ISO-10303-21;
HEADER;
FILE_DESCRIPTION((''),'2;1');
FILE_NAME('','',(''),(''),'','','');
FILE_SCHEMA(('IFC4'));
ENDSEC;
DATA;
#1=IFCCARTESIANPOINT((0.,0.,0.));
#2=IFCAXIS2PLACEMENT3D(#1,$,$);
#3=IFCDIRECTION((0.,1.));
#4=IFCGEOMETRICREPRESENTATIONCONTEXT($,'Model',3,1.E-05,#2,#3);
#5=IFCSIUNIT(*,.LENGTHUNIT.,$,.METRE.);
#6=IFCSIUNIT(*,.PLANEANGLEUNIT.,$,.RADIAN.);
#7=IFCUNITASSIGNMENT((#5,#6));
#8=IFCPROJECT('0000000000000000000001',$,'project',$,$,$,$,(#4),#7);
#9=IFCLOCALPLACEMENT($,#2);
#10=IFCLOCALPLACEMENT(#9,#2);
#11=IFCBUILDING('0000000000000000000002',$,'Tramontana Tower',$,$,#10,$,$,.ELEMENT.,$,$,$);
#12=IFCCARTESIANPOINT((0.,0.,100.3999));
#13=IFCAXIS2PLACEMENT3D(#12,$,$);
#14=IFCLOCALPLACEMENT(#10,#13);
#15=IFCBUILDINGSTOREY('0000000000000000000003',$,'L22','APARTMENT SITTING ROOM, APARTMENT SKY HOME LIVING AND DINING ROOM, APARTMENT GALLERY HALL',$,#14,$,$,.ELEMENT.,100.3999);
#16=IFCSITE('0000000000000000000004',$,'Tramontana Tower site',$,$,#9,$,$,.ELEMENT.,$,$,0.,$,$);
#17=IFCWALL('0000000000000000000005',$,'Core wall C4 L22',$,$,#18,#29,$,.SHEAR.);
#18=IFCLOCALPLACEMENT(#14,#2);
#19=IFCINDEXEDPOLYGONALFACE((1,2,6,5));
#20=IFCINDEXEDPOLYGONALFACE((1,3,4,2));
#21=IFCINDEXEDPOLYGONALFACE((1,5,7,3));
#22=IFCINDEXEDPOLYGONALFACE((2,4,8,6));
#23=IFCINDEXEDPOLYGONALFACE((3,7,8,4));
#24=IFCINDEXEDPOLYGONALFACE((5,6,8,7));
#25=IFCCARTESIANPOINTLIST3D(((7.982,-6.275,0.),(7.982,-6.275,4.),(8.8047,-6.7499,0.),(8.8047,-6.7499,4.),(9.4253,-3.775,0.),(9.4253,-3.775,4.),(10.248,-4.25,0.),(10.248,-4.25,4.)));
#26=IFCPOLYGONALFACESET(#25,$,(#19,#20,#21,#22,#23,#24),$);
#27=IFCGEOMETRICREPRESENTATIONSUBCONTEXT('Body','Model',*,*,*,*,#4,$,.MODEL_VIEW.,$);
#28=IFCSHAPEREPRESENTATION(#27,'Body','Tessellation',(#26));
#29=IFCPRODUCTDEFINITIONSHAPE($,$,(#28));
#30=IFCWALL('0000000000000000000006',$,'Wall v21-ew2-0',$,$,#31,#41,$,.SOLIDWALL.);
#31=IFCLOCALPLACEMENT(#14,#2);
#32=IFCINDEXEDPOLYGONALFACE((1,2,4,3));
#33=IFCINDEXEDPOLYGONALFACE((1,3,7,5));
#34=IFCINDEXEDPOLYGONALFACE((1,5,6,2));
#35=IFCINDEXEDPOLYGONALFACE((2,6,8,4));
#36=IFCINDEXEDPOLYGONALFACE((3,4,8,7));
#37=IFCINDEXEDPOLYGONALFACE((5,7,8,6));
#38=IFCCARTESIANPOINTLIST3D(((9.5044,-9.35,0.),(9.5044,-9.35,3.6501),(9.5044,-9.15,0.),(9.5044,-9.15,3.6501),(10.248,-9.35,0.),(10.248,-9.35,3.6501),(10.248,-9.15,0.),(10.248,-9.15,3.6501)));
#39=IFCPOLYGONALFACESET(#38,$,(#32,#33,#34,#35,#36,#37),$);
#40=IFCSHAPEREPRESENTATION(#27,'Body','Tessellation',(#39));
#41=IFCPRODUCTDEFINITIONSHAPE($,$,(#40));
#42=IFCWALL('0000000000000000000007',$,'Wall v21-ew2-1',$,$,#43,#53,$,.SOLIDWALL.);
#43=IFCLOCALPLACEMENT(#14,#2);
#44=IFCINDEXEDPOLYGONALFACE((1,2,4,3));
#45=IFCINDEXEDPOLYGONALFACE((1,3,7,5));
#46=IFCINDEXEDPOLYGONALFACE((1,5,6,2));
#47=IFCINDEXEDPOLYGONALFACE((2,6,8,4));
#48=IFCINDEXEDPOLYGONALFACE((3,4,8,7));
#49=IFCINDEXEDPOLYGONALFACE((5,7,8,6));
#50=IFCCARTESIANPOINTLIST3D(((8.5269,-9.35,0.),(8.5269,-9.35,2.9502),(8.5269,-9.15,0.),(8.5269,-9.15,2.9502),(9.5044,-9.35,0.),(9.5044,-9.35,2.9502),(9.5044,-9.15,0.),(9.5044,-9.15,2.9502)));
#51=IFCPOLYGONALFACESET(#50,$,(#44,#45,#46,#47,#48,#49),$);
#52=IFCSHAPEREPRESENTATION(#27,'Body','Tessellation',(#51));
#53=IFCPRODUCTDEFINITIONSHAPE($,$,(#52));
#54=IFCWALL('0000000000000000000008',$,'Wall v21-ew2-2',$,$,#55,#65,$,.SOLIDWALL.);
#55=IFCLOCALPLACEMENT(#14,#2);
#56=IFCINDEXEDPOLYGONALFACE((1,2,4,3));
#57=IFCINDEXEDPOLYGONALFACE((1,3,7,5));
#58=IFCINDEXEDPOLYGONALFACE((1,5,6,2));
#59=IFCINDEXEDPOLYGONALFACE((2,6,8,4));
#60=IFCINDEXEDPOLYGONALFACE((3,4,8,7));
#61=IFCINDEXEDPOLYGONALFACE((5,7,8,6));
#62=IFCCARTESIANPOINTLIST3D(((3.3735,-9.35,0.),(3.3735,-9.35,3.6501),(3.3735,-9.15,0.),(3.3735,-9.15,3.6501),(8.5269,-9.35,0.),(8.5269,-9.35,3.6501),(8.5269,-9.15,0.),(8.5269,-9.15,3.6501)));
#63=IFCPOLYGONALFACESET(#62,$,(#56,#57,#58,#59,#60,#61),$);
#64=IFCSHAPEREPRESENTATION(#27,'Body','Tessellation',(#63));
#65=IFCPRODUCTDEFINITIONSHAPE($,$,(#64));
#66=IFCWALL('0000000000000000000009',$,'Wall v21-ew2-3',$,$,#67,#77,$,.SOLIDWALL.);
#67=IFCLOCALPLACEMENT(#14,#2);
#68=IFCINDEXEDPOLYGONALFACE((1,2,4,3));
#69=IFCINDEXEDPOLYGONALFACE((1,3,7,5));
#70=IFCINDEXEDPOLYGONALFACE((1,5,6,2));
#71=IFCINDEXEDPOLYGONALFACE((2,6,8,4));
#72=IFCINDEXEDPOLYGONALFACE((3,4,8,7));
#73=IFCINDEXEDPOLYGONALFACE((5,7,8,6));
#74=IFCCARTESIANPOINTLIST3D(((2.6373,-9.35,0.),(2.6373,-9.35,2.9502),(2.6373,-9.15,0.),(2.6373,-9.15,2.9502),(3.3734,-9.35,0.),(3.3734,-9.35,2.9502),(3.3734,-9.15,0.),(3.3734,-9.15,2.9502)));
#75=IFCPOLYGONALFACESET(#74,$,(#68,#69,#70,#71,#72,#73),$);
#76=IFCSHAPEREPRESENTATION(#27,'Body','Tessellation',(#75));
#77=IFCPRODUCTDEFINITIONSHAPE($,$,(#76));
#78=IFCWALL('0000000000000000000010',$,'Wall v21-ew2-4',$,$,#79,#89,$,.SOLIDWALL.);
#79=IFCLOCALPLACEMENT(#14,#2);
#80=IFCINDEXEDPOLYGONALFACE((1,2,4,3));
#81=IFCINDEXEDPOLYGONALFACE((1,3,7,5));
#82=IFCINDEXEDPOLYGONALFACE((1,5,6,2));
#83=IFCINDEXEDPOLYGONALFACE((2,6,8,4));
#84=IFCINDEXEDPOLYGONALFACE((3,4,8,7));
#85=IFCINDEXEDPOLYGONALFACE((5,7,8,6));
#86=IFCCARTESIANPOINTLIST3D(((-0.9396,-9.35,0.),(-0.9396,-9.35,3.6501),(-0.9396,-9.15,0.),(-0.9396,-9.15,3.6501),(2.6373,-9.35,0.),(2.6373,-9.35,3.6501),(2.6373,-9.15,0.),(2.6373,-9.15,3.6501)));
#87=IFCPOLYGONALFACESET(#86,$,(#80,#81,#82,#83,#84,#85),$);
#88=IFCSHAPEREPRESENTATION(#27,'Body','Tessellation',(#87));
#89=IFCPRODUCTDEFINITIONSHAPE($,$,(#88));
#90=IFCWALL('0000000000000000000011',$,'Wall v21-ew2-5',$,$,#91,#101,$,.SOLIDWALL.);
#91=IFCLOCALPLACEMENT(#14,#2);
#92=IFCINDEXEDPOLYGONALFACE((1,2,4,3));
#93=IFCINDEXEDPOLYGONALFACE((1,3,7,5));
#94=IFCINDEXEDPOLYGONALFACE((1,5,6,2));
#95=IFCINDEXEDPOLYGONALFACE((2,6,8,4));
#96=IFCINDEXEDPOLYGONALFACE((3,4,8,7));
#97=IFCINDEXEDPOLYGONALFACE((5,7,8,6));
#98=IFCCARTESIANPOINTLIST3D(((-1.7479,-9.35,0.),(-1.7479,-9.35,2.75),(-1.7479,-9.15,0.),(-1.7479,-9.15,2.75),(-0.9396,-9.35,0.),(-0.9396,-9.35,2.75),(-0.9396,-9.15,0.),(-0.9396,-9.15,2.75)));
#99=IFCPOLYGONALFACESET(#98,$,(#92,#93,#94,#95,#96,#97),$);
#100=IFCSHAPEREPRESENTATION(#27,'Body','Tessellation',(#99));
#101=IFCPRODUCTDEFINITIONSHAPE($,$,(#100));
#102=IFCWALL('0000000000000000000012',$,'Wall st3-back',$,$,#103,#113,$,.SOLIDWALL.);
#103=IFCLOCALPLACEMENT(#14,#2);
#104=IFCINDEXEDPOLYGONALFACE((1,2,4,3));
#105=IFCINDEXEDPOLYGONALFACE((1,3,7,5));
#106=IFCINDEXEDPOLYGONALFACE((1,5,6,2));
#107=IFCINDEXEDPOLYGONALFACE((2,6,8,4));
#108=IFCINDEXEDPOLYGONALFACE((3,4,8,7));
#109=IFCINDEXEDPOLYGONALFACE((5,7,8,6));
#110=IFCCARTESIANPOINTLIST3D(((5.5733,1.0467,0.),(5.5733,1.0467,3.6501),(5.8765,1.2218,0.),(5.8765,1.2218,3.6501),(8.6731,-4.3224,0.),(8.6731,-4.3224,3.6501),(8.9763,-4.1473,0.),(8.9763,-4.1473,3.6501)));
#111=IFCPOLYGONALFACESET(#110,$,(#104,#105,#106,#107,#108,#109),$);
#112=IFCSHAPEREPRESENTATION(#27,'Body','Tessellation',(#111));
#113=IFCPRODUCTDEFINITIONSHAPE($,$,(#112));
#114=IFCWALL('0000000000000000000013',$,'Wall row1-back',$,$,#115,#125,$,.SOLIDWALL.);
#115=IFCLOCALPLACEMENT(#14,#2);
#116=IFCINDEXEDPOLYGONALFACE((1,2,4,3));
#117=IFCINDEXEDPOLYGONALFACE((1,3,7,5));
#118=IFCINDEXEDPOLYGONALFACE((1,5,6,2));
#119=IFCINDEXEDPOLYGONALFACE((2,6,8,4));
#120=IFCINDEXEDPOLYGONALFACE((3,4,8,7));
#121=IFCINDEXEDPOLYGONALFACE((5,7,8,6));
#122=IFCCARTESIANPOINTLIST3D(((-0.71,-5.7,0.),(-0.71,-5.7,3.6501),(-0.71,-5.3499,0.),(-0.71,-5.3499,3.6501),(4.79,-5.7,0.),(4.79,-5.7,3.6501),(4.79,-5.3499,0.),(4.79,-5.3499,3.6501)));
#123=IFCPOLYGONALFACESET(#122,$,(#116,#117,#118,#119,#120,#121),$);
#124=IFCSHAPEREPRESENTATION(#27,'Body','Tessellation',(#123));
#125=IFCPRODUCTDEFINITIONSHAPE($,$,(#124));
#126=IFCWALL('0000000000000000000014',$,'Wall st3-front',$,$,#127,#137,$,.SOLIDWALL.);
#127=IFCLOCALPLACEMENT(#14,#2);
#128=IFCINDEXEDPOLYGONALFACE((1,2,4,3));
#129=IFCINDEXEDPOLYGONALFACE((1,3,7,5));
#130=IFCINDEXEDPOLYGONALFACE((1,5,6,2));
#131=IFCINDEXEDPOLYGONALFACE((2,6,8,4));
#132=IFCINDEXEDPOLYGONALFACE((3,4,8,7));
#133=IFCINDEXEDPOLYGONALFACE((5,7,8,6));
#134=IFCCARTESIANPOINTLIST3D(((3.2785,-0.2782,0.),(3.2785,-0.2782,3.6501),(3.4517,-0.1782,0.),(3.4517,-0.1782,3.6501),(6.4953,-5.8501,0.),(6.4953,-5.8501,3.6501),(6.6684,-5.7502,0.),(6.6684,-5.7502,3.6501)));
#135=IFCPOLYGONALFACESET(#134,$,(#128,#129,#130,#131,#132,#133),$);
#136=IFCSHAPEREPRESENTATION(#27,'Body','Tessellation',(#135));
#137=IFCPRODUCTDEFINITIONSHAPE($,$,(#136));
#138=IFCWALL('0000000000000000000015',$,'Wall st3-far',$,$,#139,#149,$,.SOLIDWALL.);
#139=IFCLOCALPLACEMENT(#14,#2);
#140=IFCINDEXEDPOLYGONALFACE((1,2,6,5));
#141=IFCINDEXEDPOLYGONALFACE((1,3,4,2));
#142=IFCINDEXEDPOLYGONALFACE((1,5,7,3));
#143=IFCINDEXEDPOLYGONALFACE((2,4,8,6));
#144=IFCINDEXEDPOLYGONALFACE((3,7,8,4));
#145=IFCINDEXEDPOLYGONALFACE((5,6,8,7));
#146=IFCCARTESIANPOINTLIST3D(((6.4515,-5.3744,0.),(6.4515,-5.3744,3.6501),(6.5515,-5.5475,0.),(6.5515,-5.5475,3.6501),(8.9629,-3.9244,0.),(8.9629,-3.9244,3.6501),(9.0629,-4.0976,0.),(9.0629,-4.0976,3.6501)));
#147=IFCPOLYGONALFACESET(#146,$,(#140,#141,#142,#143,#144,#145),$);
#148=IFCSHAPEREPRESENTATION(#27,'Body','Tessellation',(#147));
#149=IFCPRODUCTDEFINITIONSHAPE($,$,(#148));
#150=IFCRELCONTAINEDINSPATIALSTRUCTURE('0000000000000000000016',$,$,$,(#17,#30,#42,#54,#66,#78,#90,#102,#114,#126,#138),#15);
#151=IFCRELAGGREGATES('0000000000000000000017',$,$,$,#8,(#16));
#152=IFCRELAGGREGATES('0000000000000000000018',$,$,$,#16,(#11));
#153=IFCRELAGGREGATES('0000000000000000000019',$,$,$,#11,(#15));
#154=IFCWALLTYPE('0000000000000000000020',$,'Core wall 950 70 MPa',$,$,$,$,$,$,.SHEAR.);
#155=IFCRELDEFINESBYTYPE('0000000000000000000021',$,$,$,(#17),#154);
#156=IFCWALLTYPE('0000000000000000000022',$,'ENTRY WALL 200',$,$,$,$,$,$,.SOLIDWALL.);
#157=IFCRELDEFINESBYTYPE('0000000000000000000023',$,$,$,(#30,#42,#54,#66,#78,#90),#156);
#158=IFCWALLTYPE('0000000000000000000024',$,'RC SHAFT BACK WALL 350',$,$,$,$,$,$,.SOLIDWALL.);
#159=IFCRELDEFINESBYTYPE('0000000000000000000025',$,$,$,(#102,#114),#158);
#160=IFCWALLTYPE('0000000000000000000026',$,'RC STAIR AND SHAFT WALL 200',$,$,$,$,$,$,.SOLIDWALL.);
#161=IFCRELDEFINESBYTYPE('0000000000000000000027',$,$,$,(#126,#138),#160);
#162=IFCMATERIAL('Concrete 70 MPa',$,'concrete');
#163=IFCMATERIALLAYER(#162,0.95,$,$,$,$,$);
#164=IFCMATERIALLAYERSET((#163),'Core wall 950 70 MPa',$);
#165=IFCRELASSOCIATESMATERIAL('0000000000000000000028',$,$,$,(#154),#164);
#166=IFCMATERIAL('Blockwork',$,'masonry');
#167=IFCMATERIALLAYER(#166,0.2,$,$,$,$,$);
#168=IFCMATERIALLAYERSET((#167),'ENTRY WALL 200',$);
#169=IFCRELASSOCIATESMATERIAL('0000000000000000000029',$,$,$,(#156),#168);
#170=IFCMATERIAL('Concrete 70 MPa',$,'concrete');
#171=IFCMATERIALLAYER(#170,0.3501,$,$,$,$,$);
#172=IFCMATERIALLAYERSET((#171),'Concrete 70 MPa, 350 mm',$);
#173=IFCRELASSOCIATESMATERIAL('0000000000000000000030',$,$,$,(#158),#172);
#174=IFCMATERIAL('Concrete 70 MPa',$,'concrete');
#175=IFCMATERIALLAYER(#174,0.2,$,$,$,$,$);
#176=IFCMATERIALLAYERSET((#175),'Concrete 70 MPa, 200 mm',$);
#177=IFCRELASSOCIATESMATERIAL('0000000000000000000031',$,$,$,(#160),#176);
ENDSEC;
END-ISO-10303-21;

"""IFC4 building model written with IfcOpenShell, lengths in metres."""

from ifc_helpers import new_model, si_unit, direction, frame, frame_2d, origin, place, context, subcontext, project, spatial, rectangle, extrude, material, layer, layer_set, type_object, element, save


model = new_model("IFC4")

# Units and contexts
model_context = context("Model", 3, precision=1e-05, world=origin(), true_north=direction((0.0, 1.0)))
body_context = subcontext(model_context, "Body", "Model", "MODEL_VIEW")
ifc_project = project(units=[si_unit("LENGTHUNIT", "METRE"), si_unit("PLANEANGLEUNIT", "RADIAN")], contexts=[model_context])

# Site, building, storey
site_placement = place(None, origin())
site = spatial("IfcSite", under=ifc_project, at=site_placement, Name="Tramontana Tower site", CompositionType="ELEMENT", RefElevation=0.0)
building_placement = place(site_placement, origin())
building = spatial("IfcBuilding", under=site, at=building_placement, Name="Tramontana Tower", CompositionType="ELEMENT")
storey_placement = place(building_placement, frame((0.0, 0.0, 100.3999)))
storey = spatial("IfcBuildingStorey", under=building, at=storey_placement, Name="L22", Description="APARTMENT SITTING ROOM, APARTMENT SKY HOME LIVING AND DINING ROOM, APARTMENT GALLERY HALL", CompositionType="ELEMENT", Elevation=100.3999)

# Wall
ifc_material_1 = material(Name="Concrete 70 MPa", Category="concrete")
ifc_layer_1 = layer(ifc_material_1, 0.95)
ifc_layer_set_1 = layer_set([ifc_layer_1], Name="Core wall 950 70 MPa")
wall_type_1 = type_object("IfcWallType", Name="Core wall 950 70 MPa", PredefinedType="SHEAR", material=ifc_layer_set_1)
wall_1_placement = place(storey_placement, frame((8.3933, -6.5125, 0.0), z_axis=(0.0, 0.0, 1.0), x_axis=(0.499996, 0.866028, 0.0)))
element("IfcWall", 1, at=wall_1_placement, inside=storey, type_object=wall_type_1, Name="Core wall C4 L22", PredefinedType="SHEAR", context=body_context, shape_type="SweptSolid", body=[
    extrude(rectangle(XDim=2.8867, YDim=0.95, at=frame_2d((1.4434, 0.0))), origin(), (0.0, 0.0, 1.0), 4.0),
])

# Walls
ifc_material_2 = material(Name="Blockwork", Category="masonry")
ifc_layer_2 = layer(ifc_material_2, 0.2)
ifc_layer_set_2 = layer_set([ifc_layer_2], Name="ENTRY WALL 200")
wall_type_2 = type_object("IfcWallType", Name="ENTRY WALL 200", PredefinedType="SOLIDWALL", material=ifc_layer_set_2)
wall_2_placement = place(storey_placement, frame((10.248, -9.25, 0.0), z_axis=(0.0, 0.0, 1.0), x_axis=(-1.0, 0.0, 0.0)))
element("IfcWall", 2, at=wall_2_placement, inside=storey, type_object=wall_type_2, Name="Wall v21-ew2-0", PredefinedType="SOLIDWALL", context=body_context, shape_type="SweptSolid", body=[
    extrude(rectangle(XDim=0.7437, YDim=0.2, at=frame_2d((0.3718, 0.0))), origin(), (0.0, 0.0, 1.0), 3.6501),
])
wall_3_placement = place(storey_placement, frame((9.5044, -9.25, 0.0), z_axis=(0.0, 0.0, 1.0), x_axis=(-1.0, 0.0, 0.0)))
element("IfcWall", 3, at=wall_3_placement, inside=storey, type_object=wall_type_2, Name="Wall v21-ew2-1", PredefinedType="SOLIDWALL", context=body_context, shape_type="SweptSolid", body=[
    extrude(rectangle(XDim=0.9775, YDim=0.2, at=frame_2d((0.4888, 0.0))), origin(), (0.0, 0.0, 1.0), 2.9502),
])
wall_4_placement = place(storey_placement, frame((8.5269, -9.25, 0.0), z_axis=(0.0, 0.0, 1.0), x_axis=(-1.0, 0.0, 0.0)))
element("IfcWall", 4, at=wall_4_placement, inside=storey, type_object=wall_type_2, Name="Wall v21-ew2-2", PredefinedType="SOLIDWALL", context=body_context, shape_type="SweptSolid", body=[
    extrude(rectangle(XDim=5.1533, YDim=0.2, at=frame_2d((2.5767, 0.0))), origin(), (0.0, 0.0, 1.0), 3.6501),
])
wall_5_placement = place(storey_placement, frame((3.3735, -9.25, 0.0), z_axis=(0.0, 0.0, 1.0), x_axis=(-1.0, 0.0, 0.0)))
element("IfcWall", 5, at=wall_5_placement, inside=storey, type_object=wall_type_2, Name="Wall v21-ew2-3", PredefinedType="SOLIDWALL", context=body_context, shape_type="SweptSolid", body=[
    extrude(rectangle(XDim=0.7361, YDim=0.2, at=frame_2d((0.3682, 0.0))), origin(), (0.0, 0.0, 1.0), 2.9502),
])
wall_6_placement = place(storey_placement, frame((2.6375, -9.25, 0.0), z_axis=(0.0, 0.0, 1.0), x_axis=(-1.0, 0.0, 0.0)))
element("IfcWall", 6, at=wall_6_placement, inside=storey, type_object=wall_type_2, Name="Wall v21-ew2-4", PredefinedType="SOLIDWALL", context=body_context, shape_type="SweptSolid", body=[
    extrude(rectangle(XDim=3.5769, YDim=0.2, at=frame_2d((1.7886, 0.0))), origin(), (0.0, 0.0, 1.0), 3.6501),
])
wall_7_placement = place(storey_placement, frame((-0.9395, -9.25, 0.0), z_axis=(0.0, 0.0, 1.0), x_axis=(-1.0, 0.0, 0.0)))
element("IfcWall", 7, at=wall_7_placement, inside=storey, type_object=wall_type_2, Name="Wall v21-ew2-5", PredefinedType="SOLIDWALL", context=body_context, shape_type="SweptSolid", body=[
    extrude(rectangle(XDim=0.8083, YDim=0.2, at=frame_2d((0.4043, 0.0))), origin(), (0.0, 0.0, 1.0), 2.75),
])

# Walls
ifc_material_3 = material(Name="Concrete 70 MPa", Category="concrete")
ifc_layer_3 = layer(ifc_material_3, 0.3501)
ifc_layer_set_3 = layer_set([ifc_layer_3], Name="Concrete 70 MPa, 350 mm")
wall_type_3 = type_object("IfcWallType", Name="RC SHAFT BACK WALL 350", PredefinedType="SOLIDWALL", material=ifc_layer_set_3)
wall_8_placement = place(storey_placement, frame((8.8247, -4.2349, 0.0), z_axis=(0.0, 0.0, 1.0), x_axis=(-0.499997, 0.866027, 0.0)))
element("IfcWall", 8, at=wall_8_placement, inside=storey, type_object=wall_type_3, Name="Wall st3-back", PredefinedType="SOLIDWALL", context=body_context, shape_type="SweptSolid", body=[
    extrude(rectangle(XDim=6.1997, YDim=0.3501, at=frame_2d((3.0999, 0.0))), origin(), (0.0, 0.0, 1.0), 3.6501),
])
wall_9_placement = place(storey_placement, frame((-0.71, -5.5249, 0.0), z_axis=(0.0, 0.0, 1.0), x_axis=(1.0, 0.0, 0.0)))
element("IfcWall", 9, at=wall_9_placement, inside=storey, type_object=wall_type_3, Name="Wall row1-back", PredefinedType="SOLIDWALL", context=body_context, shape_type="SweptSolid", body=[
    extrude(rectangle(XDim=5.5, YDim=0.3501, at=frame_2d((2.75, 0.0))), origin(), (0.0, 0.0, 1.0), 3.6501),
])

# Shared definitions
ifc_material_4 = material(Name="Concrete 70 MPa", Category="concrete")
ifc_layer_4 = layer(ifc_material_4, 0.2)
ifc_layer_set_4 = layer_set([ifc_layer_4], Name="Concrete 70 MPa, 200 mm")
wall_type_4 = type_object("IfcWallType", Name="RC STAIR AND SHAFT WALL 200", PredefinedType="SOLIDWALL", material=ifc_layer_set_4)

# Walls
wall_10_placement = place(storey_placement, frame((6.5818, -5.8, 0.0), z_axis=(0.0, 0.0, 1.0), x_axis=(-0.499975, 0.86604, 0.0)))
element("IfcWall", 10, at=wall_10_placement, inside=storey, type_object=wall_type_4, Name="Wall st3-front", PredefinedType="SOLIDWALL", context=body_context, shape_type="SweptSolid", body=[
    extrude(rectangle(XDim=6.4338, YDim=0.2, at=frame_2d((3.2168, 0.0))), origin(), (0.0, 0.0, 1.0), 3.6501),
])
wall_11_placement = place(storey_placement, frame((6.5015, -5.4609, 0.0), z_axis=(0.0, 0.0, 1.0), x_axis=(0.866033, 0.499987, 0.0)))
element("IfcWall", 11, at=wall_11_placement, inside=storey, type_object=wall_type_4, Name="Wall st3-far", PredefinedType="SOLIDWALL", context=body_context, shape_type="SweptSolid", body=[
    extrude(rectangle(XDim=2.8999, YDim=0.2, at=frame_2d((1.45, 0.0))), origin(), (0.0, 0.0, 1.0), 3.6501),
])

save(model, "model.ifc")
